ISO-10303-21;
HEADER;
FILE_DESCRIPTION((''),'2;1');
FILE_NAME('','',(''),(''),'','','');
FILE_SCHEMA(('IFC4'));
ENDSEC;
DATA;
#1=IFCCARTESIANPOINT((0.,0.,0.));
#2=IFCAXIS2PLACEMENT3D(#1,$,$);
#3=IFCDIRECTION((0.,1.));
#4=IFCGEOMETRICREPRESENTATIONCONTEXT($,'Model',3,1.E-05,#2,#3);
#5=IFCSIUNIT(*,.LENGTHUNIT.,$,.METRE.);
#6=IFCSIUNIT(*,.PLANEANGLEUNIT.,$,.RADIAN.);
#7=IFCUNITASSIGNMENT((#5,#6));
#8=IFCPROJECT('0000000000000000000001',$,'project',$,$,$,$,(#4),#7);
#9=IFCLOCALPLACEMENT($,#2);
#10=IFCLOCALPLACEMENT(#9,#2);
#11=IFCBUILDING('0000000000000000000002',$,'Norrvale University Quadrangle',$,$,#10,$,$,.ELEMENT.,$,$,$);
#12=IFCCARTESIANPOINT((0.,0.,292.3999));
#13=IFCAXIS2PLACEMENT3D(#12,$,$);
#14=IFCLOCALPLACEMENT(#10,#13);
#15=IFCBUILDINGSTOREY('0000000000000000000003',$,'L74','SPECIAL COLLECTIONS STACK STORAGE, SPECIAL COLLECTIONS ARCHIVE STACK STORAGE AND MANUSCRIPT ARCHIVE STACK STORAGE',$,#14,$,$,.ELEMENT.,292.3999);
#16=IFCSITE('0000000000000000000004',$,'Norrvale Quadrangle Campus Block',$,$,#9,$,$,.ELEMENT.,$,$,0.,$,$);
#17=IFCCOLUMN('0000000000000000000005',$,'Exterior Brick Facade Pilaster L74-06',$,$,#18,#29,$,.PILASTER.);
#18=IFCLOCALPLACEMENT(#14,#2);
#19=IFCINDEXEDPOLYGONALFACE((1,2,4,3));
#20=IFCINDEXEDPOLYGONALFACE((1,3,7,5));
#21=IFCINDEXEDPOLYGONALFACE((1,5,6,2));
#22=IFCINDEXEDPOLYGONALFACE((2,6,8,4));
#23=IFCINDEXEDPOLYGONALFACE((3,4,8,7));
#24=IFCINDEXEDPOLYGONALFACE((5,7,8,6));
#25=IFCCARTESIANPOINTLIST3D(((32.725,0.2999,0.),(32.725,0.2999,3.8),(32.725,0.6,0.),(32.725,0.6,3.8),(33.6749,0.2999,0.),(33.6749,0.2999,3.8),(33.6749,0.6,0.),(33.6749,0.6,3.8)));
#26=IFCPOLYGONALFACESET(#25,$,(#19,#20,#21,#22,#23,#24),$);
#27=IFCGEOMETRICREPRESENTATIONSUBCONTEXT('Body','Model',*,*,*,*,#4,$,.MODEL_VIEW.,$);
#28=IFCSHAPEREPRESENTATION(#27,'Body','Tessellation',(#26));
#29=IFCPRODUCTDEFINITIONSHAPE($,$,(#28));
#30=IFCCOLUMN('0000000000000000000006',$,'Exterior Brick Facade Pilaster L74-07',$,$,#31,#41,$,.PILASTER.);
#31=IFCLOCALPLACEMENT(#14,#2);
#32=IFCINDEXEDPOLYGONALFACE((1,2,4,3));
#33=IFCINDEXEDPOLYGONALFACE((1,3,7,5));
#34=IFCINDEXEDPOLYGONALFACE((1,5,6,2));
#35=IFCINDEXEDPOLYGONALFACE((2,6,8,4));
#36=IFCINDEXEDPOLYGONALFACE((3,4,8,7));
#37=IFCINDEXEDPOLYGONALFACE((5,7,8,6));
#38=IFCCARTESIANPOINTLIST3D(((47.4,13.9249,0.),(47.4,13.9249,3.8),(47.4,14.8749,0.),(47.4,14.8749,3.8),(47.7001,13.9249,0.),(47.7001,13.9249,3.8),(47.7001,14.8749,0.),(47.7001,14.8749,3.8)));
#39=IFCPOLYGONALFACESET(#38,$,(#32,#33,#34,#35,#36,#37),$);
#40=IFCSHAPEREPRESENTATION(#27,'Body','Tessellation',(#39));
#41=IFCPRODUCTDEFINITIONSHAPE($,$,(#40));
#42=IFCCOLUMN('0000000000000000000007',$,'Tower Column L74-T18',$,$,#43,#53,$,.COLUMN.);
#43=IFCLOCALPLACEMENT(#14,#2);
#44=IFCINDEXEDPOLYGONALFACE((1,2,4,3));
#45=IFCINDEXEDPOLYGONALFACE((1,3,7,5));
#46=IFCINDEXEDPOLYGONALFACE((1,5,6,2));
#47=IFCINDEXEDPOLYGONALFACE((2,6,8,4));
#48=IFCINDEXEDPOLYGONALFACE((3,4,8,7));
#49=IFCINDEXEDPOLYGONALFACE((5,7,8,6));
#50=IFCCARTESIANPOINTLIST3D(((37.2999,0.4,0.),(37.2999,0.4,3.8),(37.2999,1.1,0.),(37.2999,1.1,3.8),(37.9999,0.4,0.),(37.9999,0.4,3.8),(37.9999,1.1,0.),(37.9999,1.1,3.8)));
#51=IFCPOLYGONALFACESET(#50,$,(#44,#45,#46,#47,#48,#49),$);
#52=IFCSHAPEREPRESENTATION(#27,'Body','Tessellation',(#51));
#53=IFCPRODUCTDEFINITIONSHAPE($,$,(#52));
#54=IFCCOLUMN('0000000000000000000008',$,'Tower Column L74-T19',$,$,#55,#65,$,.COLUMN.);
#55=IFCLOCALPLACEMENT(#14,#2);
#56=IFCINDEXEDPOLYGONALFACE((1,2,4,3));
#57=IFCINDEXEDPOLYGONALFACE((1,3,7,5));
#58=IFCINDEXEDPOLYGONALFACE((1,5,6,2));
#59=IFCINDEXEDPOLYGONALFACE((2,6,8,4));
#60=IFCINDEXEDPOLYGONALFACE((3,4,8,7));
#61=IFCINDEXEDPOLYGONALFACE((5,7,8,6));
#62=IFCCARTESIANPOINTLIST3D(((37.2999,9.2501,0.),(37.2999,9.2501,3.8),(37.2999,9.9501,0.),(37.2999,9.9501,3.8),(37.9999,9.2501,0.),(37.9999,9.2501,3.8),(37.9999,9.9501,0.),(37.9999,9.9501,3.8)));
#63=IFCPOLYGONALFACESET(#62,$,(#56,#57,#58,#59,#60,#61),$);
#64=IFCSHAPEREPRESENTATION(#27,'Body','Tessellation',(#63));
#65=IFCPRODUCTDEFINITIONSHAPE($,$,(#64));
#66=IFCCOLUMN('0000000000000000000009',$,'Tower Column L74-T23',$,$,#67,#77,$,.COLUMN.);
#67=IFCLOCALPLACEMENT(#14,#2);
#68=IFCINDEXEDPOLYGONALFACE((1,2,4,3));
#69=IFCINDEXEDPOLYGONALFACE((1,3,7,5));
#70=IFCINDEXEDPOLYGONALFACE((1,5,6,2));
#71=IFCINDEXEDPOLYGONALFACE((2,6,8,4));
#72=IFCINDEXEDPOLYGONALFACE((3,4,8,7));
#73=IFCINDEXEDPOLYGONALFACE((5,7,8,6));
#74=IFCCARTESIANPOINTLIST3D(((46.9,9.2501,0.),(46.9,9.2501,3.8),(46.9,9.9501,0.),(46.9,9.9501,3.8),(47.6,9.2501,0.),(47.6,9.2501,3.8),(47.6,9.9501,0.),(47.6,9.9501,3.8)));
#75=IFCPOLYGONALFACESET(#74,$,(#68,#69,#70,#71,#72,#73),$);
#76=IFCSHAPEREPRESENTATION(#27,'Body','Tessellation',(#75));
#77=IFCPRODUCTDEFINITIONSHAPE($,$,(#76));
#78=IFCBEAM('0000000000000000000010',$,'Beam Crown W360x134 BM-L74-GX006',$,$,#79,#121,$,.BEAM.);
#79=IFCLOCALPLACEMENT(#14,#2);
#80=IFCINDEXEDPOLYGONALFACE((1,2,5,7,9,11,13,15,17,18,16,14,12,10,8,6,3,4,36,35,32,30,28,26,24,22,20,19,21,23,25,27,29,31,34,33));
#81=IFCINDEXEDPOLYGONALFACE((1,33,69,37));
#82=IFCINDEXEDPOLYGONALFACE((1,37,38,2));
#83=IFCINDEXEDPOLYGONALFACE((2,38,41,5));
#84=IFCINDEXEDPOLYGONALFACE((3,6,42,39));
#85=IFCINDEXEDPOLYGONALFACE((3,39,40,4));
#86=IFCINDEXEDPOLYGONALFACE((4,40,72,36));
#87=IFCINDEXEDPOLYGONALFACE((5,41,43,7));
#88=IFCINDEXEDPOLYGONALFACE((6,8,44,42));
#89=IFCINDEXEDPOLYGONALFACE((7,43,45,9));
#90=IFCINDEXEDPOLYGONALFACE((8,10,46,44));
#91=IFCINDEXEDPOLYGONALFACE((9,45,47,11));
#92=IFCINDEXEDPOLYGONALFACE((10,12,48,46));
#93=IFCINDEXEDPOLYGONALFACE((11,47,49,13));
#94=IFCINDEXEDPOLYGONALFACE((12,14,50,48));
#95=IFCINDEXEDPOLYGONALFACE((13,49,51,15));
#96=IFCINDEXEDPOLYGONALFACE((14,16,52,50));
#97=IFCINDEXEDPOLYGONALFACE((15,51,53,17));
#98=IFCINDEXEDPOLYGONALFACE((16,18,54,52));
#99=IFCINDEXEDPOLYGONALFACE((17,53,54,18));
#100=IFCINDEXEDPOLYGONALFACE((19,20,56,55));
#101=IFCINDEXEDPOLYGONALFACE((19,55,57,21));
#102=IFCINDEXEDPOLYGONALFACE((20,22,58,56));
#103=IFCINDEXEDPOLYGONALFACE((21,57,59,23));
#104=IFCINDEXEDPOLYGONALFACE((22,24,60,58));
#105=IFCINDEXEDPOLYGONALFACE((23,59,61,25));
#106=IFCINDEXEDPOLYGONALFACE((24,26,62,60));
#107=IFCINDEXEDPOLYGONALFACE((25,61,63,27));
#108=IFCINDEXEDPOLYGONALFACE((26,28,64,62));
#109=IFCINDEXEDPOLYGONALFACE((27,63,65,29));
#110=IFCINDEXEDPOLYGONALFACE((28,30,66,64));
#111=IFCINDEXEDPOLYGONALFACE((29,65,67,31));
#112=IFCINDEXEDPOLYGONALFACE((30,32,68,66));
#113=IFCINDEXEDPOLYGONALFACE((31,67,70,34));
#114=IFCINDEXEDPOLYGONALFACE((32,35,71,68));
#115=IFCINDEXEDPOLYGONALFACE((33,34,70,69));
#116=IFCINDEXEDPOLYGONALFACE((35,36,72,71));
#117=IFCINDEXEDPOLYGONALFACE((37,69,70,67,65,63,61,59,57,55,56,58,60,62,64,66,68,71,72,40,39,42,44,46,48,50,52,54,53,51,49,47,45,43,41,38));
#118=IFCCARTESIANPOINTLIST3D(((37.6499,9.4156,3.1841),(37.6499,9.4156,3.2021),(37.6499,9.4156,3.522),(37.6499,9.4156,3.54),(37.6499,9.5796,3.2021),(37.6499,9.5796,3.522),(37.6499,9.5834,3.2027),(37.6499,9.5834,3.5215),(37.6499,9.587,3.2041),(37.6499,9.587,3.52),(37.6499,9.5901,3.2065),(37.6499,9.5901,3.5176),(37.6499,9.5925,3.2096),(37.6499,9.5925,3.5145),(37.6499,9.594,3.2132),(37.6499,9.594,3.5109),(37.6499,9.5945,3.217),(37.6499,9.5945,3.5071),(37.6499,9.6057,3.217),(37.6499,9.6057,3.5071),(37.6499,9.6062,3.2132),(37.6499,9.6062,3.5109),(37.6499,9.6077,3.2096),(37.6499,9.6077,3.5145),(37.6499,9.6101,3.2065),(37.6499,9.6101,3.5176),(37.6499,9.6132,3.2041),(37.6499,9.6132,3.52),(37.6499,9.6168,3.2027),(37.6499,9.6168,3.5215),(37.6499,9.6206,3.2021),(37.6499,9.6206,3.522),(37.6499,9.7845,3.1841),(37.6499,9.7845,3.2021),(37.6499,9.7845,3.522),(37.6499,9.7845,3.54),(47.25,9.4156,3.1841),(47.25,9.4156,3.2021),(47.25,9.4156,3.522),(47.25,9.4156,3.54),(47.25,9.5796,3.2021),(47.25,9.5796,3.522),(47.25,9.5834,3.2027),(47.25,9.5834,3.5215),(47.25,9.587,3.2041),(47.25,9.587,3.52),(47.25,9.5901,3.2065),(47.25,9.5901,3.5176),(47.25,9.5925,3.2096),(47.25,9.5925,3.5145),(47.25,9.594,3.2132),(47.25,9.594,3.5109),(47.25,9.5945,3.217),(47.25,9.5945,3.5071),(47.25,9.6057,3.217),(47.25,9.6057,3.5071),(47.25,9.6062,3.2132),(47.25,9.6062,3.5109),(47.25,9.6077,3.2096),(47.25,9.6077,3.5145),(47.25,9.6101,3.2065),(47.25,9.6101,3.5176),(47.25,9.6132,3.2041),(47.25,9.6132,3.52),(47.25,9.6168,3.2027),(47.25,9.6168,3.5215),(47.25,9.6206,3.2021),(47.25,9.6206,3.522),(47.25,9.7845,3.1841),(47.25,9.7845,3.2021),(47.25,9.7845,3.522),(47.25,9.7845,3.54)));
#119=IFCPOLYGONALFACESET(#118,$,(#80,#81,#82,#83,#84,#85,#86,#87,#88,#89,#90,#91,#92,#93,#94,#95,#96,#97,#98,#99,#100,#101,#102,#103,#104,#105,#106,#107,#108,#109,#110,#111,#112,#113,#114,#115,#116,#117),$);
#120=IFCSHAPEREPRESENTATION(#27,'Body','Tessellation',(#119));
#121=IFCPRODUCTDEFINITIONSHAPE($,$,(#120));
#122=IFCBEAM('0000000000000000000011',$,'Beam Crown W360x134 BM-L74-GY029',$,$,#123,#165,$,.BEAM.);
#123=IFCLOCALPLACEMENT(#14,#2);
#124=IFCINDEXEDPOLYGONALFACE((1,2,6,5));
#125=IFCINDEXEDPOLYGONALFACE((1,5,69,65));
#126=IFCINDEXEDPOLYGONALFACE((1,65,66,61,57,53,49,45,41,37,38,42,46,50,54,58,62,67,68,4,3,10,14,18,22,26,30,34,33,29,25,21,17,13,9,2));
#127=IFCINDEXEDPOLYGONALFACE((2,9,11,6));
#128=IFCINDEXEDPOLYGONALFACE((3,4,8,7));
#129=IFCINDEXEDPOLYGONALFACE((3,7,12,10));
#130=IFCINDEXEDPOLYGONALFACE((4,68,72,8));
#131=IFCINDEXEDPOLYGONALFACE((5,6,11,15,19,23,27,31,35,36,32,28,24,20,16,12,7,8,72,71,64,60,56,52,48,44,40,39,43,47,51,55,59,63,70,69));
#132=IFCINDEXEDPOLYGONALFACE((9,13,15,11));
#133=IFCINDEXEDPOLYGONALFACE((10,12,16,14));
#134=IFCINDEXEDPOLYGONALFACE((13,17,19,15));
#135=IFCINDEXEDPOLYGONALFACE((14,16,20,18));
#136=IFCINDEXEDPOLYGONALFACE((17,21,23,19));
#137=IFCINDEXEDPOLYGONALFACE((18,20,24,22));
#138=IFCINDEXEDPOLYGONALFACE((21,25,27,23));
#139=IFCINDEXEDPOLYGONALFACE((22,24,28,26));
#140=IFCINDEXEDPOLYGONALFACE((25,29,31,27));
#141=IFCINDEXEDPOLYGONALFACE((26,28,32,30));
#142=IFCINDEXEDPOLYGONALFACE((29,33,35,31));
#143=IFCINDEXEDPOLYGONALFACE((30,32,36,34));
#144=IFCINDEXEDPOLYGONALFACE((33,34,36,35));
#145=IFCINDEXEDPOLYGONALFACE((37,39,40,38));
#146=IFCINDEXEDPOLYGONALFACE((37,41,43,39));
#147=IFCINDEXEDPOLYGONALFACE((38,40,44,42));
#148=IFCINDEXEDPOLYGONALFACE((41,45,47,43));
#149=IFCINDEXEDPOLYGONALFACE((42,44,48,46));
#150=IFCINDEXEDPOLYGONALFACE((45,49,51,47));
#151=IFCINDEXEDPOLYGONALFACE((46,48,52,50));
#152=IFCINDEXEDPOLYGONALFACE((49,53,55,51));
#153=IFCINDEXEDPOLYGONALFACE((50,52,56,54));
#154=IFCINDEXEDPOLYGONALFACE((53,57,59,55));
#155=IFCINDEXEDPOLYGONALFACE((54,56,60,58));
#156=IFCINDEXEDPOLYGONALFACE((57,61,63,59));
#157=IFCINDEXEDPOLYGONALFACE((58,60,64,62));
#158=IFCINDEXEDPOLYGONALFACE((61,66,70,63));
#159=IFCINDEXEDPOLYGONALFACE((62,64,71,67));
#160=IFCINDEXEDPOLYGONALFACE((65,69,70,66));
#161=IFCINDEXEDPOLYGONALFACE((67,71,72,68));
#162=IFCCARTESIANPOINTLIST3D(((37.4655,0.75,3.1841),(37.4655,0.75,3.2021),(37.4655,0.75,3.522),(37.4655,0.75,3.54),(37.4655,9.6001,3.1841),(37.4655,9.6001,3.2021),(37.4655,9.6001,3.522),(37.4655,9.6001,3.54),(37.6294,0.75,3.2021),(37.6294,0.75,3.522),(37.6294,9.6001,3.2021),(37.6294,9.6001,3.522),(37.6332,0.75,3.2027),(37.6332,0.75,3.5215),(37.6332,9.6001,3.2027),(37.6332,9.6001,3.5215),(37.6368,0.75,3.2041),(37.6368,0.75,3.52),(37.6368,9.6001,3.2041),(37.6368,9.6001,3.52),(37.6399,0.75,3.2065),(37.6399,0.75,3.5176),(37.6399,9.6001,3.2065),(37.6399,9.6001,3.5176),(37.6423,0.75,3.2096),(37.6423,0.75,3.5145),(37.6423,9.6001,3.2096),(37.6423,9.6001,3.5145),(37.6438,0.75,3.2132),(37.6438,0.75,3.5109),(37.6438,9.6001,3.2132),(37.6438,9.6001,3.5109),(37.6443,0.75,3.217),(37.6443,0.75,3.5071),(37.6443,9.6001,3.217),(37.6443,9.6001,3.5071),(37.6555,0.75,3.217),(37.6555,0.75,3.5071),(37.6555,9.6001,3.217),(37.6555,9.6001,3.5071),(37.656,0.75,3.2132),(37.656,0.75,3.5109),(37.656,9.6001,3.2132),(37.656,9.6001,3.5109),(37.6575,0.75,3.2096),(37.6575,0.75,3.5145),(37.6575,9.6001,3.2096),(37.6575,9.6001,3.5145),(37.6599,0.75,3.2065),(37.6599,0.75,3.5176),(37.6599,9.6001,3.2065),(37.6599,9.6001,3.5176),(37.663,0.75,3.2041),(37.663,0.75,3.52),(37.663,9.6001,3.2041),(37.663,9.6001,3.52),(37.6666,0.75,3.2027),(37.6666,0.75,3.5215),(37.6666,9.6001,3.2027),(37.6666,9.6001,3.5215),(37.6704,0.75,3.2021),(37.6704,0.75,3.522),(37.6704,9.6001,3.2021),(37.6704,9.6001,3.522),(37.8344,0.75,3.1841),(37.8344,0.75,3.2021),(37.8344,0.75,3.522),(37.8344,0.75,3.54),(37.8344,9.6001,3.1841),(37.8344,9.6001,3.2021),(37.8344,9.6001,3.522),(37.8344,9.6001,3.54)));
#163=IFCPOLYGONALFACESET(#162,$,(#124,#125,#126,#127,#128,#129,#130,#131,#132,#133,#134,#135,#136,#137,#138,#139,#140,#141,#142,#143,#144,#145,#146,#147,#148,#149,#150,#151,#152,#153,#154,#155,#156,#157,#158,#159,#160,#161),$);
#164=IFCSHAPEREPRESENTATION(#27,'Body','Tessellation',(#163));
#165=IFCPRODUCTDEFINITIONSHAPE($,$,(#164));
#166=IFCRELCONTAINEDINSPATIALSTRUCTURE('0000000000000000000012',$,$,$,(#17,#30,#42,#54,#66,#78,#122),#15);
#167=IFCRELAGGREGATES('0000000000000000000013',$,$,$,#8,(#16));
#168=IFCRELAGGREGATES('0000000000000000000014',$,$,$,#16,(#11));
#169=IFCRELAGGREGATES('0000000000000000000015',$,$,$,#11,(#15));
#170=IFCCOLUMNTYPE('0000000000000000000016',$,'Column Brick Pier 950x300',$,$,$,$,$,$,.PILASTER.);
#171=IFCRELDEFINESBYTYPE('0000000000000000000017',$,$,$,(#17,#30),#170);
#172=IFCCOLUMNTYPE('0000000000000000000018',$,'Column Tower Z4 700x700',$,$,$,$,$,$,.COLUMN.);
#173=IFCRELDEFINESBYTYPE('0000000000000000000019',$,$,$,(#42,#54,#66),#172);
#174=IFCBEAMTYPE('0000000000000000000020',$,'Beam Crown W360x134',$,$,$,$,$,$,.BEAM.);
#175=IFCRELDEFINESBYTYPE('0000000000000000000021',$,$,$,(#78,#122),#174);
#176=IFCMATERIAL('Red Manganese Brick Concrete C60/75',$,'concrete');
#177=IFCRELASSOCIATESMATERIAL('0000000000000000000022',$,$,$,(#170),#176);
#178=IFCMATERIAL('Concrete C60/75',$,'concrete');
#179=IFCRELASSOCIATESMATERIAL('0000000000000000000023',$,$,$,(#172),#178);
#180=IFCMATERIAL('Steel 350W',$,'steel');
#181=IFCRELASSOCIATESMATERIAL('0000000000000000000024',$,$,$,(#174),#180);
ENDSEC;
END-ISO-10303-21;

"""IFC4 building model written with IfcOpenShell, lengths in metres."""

from ifc_helpers import new_model, si_unit, direction, frame, origin, origin_2d, place, context, subcontext, project, spatial, rectangle, i_section, extrude, material, material_profile, profile_set, type_object, element, save


model = new_model("IFC4")

# Units and contexts
model_context = context("Model", 3, precision=1e-05, world=origin(), true_north=direction((0.0, 1.0)))
body_context = subcontext(model_context, "Body", "Model", "MODEL_VIEW")
ifc_project = project(units=[si_unit("LENGTHUNIT", "METRE"), si_unit("PLANEANGLEUNIT", "RADIAN")], contexts=[model_context])

# Site, building, storey
site_placement = place(None, origin())
site = spatial("IfcSite", under=ifc_project, at=site_placement, Name="Norrvale Quadrangle Campus Block", CompositionType="ELEMENT", RefElevation=0.0)
building_placement = place(site_placement, origin())
building = spatial("IfcBuilding", under=site, at=building_placement, Name="Norrvale University Quadrangle", CompositionType="ELEMENT")
storey_placement = place(building_placement, frame((0.0, 0.0, 292.3999)))
storey = spatial("IfcBuildingStorey", under=building, at=storey_placement, Name="L74", Description="SPECIAL COLLECTIONS STACK STORAGE, SPECIAL COLLECTIONS ARCHIVE STACK STORAGE AND MANUSCRIPT ARCHIVE STACK STORAGE", CompositionType="ELEMENT", Elevation=292.3999)

# Columns
ifc_material_1 = material(Name="Red Manganese Brick Concrete C60/75", Category="concrete")
ifc_material_profile_1 = material_profile(ifc_material_1, rectangle(XDim=0.95, YDim=0.3, at=origin_2d()), Name="Red Manganese Brick Concrete C60/75")
ifc_profile_set_1 = profile_set([ifc_material_profile_1], Name="Red Manganese Brick Concrete C60/75")
column_type_1 = type_object("IfcColumnType", Name="Column Brick Pier 950x300", PredefinedType="PILASTER", material=ifc_profile_set_1)
for number, where, z_axis, x_axis, name in (
    (1, (33.2, 0.45, 0.0), (0.0, 0.0, 1.0), (1.0, 0.0, 0.0), "Exterior Brick Facade Pilaster L74-06"),
    (2, (47.55, 14.3999, 0.0), (0.0, 0.0, 1.0), (0.0, 1.0, 0.0), "Exterior Brick Facade Pilaster L74-07"),
):
    element("IfcColumn", number, at=place(storey_placement, frame(where, z_axis=z_axis, x_axis=x_axis)), inside=storey, type_object=column_type_1, Name=name, PredefinedType="PILASTER", context=body_context, shape_type="SweptSolid", body=[
        extrude(rectangle(XDim=0.95, YDim=0.3, at=origin_2d()), origin(), (0.0, 0.0, 1.0), 3.8),
    ])
ifc_material_2 = material(Name="Concrete C60/75", Category="concrete")
ifc_material_profile_2 = material_profile(ifc_material_2, rectangle(XDim=0.7, YDim=0.7, at=origin_2d()), Name="Concrete C60/75")
ifc_profile_set_2 = profile_set([ifc_material_profile_2], Name="Concrete C60/75")
column_type_2 = type_object("IfcColumnType", Name="Column Tower Z4 700x700", PredefinedType="COLUMN", material=ifc_profile_set_2)
for number, where, z_axis, x_axis, name in (
    (3, (37.6499, 0.75, 0.0), (0.0, 0.0, 1.0), (1.0, 0.0, 0.0), "Tower Column L74-T18"),
    (4, (37.6499, 9.6001, 0.0), (0.0, 0.0, 1.0), (1.0, 0.0, 0.0), "Tower Column L74-T19"),
    (5, (47.25, 9.6001, 0.0), (0.0, 0.0, 1.0), (1.0, 0.0, 0.0), "Tower Column L74-T23"),
):
    element("IfcColumn", number, at=place(storey_placement, frame(where, z_axis=z_axis, x_axis=x_axis)), inside=storey, type_object=column_type_2, Name=name, PredefinedType="COLUMN", context=body_context, shape_type="SweptSolid", body=[
        extrude(rectangle(XDim=0.7, YDim=0.7, at=origin_2d()), origin(), (0.0, 0.0, 1.0), 3.8),
    ])

# Beams
ifc_material_3 = material(Name="Steel 350W", Category="steel")
ifc_material_profile_3 = material_profile(ifc_material_3, i_section(OverallWidth=0.3689, OverallDepth=0.356, WebThickness=0.0112, FlangeThickness=0.0181, FilletRadius=0.0149, at=origin_2d()), Name="Steel 350W")
ifc_profile_set_3 = profile_set([ifc_material_profile_3], Name="Steel 350W")
beam_type_1 = type_object("IfcBeamType", Name="Beam Crown W360x134", PredefinedType="BEAM", material=ifc_profile_set_3)
beam_1_placement = place(storey_placement, frame((37.6499, 9.6001, 3.3621), z_axis=(1.0, 0.0, 0.0), x_axis=(0.0, 1.0, 0.0)))
element("IfcBeam", 6, at=beam_1_placement, inside=storey, type_object=beam_type_1, Name="Beam Crown W360x134 BM-L74-GX006", PredefinedType="BEAM", context=body_context, shape_type="SweptSolid", body=[
    extrude(i_section(OverallWidth=0.3689, OverallDepth=0.356, WebThickness=0.0112, FlangeThickness=0.0181, FilletRadius=0.0149, at=origin_2d()), origin(), (0.0, 0.0, 1.0), 9.6001),
])
beam_2_placement = place(storey_placement, frame((37.6499, 0.75, 3.3621), z_axis=(0.0, 1.0, 0.0), x_axis=(-1.0, 0.0, 0.0)))
element("IfcBeam", 7, at=beam_2_placement, inside=storey, type_object=beam_type_1, Name="Beam Crown W360x134 BM-L74-GY029", PredefinedType="BEAM", context=body_context, shape_type="SweptSolid", body=[
    extrude(i_section(OverallWidth=0.3689, OverallDepth=0.356, WebThickness=0.0112, FlangeThickness=0.0181, FilletRadius=0.0149, at=origin_2d()), origin(), (0.0, 0.0, 1.0), 8.8501),
])

save(model, "model.ifc")
